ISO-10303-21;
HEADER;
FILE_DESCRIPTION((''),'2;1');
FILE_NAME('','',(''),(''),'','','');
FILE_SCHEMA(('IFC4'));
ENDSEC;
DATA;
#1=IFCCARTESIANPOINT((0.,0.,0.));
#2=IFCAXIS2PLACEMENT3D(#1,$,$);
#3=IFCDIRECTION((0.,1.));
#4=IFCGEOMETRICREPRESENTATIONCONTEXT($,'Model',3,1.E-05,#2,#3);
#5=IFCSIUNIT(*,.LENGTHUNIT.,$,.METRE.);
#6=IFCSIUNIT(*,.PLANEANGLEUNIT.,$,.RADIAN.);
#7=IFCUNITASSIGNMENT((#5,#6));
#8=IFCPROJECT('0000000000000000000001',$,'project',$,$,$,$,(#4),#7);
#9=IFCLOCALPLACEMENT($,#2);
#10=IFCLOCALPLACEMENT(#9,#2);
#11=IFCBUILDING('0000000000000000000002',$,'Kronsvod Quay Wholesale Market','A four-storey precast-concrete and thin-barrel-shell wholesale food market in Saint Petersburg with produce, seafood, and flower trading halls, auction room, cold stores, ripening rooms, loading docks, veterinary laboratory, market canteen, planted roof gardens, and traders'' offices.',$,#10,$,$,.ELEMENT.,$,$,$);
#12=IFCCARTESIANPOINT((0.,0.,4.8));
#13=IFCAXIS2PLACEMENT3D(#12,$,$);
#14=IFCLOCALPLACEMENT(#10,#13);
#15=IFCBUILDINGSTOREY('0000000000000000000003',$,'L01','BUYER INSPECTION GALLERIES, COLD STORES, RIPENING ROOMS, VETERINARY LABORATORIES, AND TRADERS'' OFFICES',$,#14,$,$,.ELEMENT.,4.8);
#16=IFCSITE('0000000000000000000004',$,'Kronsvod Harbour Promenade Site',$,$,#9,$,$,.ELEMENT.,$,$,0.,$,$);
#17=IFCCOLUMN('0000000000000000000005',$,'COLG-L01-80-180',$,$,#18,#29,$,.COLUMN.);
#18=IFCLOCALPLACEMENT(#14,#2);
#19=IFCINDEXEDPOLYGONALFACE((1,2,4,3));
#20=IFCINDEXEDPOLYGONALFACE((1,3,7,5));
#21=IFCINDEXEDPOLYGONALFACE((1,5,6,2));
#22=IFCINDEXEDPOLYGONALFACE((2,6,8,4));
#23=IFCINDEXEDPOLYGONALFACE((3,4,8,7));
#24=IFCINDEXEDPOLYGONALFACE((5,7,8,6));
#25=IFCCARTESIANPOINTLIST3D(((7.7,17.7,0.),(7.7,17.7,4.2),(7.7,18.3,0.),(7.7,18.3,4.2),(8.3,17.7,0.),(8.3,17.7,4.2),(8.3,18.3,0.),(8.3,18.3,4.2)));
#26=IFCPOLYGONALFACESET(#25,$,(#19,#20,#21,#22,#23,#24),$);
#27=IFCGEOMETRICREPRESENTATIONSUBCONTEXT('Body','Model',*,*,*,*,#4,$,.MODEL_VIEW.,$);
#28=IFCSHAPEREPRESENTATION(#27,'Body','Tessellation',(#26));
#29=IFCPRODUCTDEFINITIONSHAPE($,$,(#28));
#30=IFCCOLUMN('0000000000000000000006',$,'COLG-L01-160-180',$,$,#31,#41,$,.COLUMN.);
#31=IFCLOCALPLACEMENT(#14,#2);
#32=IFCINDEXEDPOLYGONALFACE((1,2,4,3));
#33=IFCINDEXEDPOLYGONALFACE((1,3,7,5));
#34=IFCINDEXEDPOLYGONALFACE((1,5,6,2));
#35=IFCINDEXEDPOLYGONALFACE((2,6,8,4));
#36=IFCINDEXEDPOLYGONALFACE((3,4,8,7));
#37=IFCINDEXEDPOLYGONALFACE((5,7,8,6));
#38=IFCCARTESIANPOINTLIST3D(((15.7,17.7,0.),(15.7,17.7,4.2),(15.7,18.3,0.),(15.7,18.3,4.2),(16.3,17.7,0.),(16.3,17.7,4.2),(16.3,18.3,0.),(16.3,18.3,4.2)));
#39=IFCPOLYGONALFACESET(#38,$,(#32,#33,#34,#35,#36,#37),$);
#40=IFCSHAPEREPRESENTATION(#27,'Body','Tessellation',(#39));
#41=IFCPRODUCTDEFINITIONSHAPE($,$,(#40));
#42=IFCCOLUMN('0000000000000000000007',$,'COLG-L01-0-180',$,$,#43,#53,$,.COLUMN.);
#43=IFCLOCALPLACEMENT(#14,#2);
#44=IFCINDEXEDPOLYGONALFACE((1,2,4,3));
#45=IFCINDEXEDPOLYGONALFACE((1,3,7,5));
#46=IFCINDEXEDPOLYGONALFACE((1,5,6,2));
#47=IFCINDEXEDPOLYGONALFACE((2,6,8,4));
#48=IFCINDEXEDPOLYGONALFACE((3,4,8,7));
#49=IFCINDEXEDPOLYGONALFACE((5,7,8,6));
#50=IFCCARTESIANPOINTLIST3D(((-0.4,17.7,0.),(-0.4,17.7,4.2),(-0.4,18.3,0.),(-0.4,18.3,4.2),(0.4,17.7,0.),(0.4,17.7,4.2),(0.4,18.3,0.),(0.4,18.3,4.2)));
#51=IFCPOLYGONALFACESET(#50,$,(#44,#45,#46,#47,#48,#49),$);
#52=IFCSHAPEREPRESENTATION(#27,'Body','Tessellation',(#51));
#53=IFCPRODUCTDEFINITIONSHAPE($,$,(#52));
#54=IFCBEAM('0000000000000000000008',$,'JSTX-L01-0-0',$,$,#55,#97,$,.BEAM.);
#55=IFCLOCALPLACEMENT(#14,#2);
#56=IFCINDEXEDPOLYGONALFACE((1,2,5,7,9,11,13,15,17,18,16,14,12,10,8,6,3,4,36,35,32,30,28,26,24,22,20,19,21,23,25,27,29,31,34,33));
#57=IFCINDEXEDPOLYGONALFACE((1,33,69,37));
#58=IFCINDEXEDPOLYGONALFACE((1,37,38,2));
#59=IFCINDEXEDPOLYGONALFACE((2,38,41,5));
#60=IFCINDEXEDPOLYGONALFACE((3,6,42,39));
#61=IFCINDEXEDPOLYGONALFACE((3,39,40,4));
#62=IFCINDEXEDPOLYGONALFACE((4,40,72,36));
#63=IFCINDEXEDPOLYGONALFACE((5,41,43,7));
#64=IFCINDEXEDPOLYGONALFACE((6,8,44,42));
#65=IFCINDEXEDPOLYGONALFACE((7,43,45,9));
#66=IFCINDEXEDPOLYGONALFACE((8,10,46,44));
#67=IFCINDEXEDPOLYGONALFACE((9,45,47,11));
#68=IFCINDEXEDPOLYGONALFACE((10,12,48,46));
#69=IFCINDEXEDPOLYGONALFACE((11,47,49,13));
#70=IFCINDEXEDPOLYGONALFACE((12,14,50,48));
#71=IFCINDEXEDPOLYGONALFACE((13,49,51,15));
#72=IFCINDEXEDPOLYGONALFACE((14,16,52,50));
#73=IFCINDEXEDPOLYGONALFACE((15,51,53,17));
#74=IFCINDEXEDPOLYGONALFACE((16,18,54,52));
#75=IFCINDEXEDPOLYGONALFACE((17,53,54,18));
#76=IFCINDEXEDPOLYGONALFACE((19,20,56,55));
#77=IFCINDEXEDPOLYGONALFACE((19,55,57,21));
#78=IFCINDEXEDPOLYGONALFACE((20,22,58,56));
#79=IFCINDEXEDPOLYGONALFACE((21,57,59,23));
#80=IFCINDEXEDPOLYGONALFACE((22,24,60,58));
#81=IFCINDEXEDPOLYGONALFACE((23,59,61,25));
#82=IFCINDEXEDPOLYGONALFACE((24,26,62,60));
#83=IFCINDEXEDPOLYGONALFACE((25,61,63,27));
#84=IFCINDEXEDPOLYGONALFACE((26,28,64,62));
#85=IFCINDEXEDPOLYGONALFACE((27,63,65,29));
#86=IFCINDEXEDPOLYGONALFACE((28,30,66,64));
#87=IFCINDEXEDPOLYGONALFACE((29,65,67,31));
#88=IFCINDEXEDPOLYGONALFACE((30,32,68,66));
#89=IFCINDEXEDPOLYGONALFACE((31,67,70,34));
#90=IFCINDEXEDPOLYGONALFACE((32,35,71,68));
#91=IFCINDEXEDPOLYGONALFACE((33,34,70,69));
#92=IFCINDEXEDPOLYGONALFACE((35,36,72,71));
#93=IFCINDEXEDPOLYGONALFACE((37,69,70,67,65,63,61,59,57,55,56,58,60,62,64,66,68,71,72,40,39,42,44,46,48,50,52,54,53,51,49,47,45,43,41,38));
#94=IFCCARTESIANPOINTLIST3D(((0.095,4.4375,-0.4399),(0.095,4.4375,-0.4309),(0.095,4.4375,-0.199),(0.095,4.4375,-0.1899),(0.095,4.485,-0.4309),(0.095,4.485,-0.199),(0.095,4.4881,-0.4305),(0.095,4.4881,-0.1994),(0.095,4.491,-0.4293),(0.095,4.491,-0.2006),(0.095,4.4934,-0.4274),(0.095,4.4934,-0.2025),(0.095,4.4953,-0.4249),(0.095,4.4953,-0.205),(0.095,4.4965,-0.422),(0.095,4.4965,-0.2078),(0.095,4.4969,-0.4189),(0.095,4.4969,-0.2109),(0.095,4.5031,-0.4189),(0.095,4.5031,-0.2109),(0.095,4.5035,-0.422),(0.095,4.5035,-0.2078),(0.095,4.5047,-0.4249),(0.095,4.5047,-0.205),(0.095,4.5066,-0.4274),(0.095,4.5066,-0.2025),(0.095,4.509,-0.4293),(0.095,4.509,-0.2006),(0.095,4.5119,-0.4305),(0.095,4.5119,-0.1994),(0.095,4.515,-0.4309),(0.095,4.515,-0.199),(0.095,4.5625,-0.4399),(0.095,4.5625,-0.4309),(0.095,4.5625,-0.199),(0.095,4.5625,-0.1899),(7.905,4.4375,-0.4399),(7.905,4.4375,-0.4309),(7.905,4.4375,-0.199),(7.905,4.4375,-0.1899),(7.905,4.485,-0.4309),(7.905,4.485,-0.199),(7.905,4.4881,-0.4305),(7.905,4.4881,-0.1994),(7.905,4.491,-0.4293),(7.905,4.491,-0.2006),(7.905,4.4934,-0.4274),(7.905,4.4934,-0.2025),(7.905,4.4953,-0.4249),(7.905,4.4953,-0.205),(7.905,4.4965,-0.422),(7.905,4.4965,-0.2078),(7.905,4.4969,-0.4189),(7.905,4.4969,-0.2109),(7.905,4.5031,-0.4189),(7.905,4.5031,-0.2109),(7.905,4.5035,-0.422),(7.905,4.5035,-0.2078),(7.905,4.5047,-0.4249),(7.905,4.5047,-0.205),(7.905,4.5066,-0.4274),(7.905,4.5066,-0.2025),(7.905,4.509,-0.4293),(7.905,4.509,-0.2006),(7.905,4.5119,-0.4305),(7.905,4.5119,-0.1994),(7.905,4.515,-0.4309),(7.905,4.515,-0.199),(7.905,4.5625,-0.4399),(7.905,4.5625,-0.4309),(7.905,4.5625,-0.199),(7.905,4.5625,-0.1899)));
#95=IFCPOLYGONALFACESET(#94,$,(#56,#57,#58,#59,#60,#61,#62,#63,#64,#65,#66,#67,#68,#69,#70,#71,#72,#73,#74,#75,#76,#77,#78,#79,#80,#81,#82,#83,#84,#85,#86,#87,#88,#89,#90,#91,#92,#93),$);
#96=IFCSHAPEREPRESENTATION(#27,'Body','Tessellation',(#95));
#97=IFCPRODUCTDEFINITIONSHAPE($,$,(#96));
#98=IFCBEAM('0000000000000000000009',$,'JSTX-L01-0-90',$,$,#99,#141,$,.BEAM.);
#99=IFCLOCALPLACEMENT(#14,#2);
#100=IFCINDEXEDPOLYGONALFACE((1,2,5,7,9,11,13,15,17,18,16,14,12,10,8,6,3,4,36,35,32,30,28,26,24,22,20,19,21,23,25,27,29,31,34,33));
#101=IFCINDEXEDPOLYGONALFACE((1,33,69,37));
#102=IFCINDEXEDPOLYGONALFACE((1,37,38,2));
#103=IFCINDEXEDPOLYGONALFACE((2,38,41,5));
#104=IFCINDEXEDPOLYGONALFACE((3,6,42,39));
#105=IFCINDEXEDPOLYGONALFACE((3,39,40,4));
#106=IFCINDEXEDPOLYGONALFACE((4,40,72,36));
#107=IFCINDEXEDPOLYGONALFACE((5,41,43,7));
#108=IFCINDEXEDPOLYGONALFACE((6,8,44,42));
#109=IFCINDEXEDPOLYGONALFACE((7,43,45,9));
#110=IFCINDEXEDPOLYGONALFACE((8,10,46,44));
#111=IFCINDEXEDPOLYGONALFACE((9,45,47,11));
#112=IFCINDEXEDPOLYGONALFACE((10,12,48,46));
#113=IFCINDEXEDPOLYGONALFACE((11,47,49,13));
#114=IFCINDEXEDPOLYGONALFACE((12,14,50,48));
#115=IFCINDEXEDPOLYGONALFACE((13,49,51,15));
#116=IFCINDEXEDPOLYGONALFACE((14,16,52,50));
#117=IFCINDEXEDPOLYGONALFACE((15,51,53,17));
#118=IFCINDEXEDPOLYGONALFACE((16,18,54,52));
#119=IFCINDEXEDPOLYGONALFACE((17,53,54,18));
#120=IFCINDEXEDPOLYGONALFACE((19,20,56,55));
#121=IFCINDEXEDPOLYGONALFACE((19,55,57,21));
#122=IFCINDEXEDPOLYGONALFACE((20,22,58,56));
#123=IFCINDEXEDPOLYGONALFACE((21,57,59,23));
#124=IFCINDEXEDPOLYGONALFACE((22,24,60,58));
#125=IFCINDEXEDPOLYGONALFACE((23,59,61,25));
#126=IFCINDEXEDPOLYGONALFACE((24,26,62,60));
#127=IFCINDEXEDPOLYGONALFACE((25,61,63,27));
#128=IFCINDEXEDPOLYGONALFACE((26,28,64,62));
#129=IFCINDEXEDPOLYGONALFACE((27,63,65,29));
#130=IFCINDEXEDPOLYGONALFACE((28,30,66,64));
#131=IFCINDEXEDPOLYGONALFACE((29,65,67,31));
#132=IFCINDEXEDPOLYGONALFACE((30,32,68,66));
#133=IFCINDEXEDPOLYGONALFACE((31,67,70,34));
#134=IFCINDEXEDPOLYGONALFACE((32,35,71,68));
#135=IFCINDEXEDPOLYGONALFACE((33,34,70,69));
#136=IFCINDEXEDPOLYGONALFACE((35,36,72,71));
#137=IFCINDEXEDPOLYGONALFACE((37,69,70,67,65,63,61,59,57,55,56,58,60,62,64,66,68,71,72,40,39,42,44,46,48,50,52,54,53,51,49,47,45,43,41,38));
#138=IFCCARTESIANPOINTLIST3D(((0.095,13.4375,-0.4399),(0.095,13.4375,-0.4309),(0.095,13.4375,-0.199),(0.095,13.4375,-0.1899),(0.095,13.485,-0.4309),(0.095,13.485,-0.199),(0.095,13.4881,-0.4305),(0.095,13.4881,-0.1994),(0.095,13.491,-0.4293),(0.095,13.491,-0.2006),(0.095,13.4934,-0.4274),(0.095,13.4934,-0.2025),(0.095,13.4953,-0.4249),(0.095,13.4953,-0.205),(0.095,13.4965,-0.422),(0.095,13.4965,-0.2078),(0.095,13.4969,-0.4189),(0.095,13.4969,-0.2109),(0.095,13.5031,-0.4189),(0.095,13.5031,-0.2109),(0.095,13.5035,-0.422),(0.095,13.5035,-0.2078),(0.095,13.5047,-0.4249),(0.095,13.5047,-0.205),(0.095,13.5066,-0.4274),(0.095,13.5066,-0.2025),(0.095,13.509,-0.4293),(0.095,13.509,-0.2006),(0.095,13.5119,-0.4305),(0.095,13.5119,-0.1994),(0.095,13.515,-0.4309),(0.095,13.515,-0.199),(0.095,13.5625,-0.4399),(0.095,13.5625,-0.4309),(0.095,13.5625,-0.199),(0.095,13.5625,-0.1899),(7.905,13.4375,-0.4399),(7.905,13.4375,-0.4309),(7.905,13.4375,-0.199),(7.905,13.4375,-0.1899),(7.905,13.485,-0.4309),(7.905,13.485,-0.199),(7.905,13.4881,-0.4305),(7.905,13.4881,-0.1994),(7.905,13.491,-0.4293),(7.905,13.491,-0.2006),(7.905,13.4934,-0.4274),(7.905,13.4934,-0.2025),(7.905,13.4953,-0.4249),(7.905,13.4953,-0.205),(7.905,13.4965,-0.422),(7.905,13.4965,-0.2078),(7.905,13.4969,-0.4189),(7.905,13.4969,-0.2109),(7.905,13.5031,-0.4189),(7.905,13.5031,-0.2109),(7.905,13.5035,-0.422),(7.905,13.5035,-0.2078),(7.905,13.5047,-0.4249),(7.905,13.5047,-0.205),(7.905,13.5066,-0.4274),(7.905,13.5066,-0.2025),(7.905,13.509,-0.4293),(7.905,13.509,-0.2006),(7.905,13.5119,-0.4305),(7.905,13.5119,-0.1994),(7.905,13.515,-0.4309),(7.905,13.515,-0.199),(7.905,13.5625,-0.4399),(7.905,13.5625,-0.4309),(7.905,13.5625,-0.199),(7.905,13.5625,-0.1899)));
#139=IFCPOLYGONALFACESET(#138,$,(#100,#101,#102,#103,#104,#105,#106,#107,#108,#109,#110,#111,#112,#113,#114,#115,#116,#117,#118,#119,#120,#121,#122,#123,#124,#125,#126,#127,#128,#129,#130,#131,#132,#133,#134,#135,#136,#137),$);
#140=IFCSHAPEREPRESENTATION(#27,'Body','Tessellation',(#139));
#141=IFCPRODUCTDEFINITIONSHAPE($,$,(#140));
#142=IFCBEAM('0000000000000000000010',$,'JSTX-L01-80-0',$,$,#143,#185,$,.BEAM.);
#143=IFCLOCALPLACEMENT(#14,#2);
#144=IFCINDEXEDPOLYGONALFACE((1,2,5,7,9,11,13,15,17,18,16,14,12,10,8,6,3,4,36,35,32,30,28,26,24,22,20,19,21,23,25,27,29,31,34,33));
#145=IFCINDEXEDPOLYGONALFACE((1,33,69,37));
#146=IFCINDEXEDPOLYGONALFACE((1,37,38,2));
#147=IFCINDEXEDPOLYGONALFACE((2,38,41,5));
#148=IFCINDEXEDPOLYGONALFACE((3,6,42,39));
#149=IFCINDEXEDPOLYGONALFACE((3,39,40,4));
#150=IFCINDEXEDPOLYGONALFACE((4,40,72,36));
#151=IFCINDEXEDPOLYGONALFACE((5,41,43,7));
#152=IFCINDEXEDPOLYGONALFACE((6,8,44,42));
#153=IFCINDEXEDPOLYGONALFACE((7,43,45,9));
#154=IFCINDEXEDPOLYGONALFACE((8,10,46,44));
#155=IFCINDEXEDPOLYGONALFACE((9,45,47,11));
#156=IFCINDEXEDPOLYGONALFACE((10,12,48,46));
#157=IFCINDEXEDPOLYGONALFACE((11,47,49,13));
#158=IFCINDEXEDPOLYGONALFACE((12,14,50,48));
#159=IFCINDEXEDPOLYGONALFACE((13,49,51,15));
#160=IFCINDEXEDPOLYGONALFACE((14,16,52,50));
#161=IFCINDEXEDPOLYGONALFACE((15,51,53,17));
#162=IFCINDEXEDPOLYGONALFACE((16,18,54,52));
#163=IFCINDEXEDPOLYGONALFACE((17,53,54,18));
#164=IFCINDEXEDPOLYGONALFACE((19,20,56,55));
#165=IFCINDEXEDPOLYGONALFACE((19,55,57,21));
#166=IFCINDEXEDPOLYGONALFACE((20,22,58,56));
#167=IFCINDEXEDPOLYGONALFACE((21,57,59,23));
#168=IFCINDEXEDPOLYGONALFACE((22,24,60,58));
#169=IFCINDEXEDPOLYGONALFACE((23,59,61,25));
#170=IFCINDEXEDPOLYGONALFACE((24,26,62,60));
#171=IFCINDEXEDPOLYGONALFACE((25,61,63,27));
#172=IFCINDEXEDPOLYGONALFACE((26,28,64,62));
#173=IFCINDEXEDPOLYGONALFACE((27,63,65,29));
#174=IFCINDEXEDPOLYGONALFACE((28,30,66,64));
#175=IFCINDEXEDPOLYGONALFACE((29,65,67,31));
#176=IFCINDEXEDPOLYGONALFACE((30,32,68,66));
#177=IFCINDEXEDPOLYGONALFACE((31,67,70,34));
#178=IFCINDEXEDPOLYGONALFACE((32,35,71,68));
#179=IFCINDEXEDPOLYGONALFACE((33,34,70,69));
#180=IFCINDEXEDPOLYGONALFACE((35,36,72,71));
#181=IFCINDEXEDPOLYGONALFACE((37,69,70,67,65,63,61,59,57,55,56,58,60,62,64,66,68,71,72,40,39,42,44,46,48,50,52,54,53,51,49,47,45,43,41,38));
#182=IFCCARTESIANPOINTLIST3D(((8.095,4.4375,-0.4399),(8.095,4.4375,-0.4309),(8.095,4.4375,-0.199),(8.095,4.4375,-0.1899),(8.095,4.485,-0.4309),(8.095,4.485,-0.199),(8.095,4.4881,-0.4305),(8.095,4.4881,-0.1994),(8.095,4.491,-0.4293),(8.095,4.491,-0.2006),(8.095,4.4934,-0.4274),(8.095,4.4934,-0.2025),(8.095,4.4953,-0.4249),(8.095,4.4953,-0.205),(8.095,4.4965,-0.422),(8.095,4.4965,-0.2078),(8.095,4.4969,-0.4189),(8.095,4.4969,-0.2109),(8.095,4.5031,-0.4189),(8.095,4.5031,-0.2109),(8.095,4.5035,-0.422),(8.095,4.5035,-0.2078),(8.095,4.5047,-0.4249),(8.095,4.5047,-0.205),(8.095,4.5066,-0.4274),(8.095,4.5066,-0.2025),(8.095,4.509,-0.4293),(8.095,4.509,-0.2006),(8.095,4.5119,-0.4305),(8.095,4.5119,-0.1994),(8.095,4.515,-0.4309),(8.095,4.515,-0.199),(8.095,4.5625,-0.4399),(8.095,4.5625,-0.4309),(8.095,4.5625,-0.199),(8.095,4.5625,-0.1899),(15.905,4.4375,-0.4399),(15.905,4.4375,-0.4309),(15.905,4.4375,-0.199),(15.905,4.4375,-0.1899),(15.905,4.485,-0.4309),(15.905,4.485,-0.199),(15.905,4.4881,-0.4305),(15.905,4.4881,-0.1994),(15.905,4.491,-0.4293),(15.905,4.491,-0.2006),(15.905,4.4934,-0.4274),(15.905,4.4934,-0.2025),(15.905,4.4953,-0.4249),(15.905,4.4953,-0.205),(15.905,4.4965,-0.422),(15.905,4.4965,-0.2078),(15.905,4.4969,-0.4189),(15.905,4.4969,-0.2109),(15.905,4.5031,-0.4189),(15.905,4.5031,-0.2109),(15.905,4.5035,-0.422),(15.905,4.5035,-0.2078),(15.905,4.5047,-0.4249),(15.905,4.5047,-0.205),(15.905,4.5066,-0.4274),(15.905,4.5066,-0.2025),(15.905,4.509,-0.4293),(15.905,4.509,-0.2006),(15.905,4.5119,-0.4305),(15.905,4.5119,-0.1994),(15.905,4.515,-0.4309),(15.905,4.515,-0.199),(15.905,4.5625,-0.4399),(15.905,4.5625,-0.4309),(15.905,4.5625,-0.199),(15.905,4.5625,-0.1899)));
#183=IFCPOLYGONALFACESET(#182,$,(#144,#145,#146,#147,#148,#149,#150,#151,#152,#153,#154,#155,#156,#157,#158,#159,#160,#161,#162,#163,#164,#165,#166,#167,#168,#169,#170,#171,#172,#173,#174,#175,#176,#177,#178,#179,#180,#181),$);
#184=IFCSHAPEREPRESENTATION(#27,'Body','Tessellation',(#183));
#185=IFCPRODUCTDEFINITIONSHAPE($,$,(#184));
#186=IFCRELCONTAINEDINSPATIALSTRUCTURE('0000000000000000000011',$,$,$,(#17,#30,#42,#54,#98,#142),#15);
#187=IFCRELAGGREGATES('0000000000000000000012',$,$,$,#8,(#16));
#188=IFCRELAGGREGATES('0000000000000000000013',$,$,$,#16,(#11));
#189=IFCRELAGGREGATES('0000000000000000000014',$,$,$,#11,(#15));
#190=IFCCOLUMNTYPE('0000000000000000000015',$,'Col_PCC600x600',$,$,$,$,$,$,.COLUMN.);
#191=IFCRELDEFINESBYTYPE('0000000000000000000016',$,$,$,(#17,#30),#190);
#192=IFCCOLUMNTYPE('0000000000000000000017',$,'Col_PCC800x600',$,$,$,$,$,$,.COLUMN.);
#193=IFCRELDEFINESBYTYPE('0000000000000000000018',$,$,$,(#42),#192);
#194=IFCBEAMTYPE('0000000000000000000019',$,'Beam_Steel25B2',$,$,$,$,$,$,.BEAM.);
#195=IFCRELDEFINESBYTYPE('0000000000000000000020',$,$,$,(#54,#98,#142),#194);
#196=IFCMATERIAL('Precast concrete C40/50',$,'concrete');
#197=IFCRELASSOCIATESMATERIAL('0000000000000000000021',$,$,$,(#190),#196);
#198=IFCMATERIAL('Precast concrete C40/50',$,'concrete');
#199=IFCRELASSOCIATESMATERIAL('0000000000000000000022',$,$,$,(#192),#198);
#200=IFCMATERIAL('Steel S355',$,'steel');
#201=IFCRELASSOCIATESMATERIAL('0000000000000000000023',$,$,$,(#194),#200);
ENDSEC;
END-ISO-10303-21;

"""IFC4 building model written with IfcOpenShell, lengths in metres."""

from ifc_helpers import new_model, si_unit, direction, frame, origin, origin_2d, place, context, subcontext, project, spatial, rectangle, i_section, extrude, material, material_profile, profile_set, type_object, element, save


model = new_model("IFC4")

# Units and contexts
model_context = context("Model", 3, precision=1e-05, world=origin(), true_north=direction((0.0, 1.0)))
body_context = subcontext(model_context, "Body", "Model", "MODEL_VIEW")
ifc_project = project(units=[si_unit("LENGTHUNIT", "METRE"), si_unit("PLANEANGLEUNIT", "RADIAN")], contexts=[model_context])

# Site, building, storey
site_placement = place(None, origin())
site = spatial("IfcSite", under=ifc_project, at=site_placement, Name="Kronsvod Harbour Promenade Site", CompositionType="ELEMENT", RefElevation=0.0)
building_placement = place(site_placement, origin())
building = spatial("IfcBuilding", under=site, at=building_placement, Name="Kronsvod Quay Wholesale Market", Description="A four-storey precast-concrete and thin-barrel-shell wholesale food market in Saint Petersburg with produce, seafood, and flower trading halls, auction room, cold stores, ripening rooms, loading docks, veterinary laboratory, market canteen, planted roof gardens, and traders' offices.", CompositionType="ELEMENT")
storey_placement = place(building_placement, frame((0.0, 0.0, 4.8)))
storey = spatial("IfcBuildingStorey", under=building, at=storey_placement, Name="L01", Description="BUYER INSPECTION GALLERIES, COLD STORES, RIPENING ROOMS, VETERINARY LABORATORIES, AND TRADERS' OFFICES", CompositionType="ELEMENT", Elevation=4.8)

# Columns
ifc_material_1 = material(Name="Precast concrete C40/50", Category="concrete")
ifc_material_profile_1 = material_profile(ifc_material_1, rectangle(XDim=0.6001, YDim=0.6001, at=origin_2d()), Name="PCC600x600")
ifc_profile_set_1 = profile_set([ifc_material_profile_1], Name="Precast concrete C40/50")
column_type_1 = type_object("IfcColumnType", Name="Col_PCC600x600", PredefinedType="COLUMN", material=ifc_profile_set_1)
for number, where, z_axis, x_axis, name in (
    (1, (8.0, 18.0, 0.0), (0.0, 0.0, 1.0), (1.0, 0.0, 0.0), "COLG-L01-80-180"),
    (2, (16.0, 18.0, 0.0), (0.0, 0.0, 1.0), (1.0, 0.0, 0.0), "COLG-L01-160-180"),
):
    element("IfcColumn", number, at=place(storey_placement, frame(where, z_axis=z_axis, x_axis=x_axis)), inside=storey, type_object=column_type_1, Name=name, PredefinedType="COLUMN", context=body_context, shape_type="SweptSolid", body=[
        extrude(rectangle(XDim=0.6001, YDim=0.6001, at=origin_2d()), origin(), (0.0, 0.0, 1.0), 4.2),
    ])
ifc_material_2 = material(Name="Precast concrete C40/50", Category="concrete")
ifc_material_profile_2 = material_profile(ifc_material_2, rectangle(XDim=0.8, YDim=0.6001, at=origin_2d()), Name="PCC800x600")
ifc_profile_set_2 = profile_set([ifc_material_profile_2], Name="Precast concrete C40/50")
column_type_2 = type_object("IfcColumnType", Name="Col_PCC800x600", PredefinedType="COLUMN", material=ifc_profile_set_2)
column_placement = place(storey_placement, frame((0.0, 18.0, 0.0), z_axis=(0.0, 0.0, 1.0), x_axis=(1.0, 0.0, 0.0)))
element("IfcColumn", 3, at=column_placement, inside=storey, type_object=column_type_2, Name="COLG-L01-0-180", PredefinedType="COLUMN", context=body_context, shape_type="SweptSolid", body=[
    extrude(rectangle(XDim=0.8, YDim=0.6001, at=origin_2d()), origin(), (0.0, 0.0, 1.0), 4.2),
])

# Beams
ifc_material_3 = material(Name="Steel S355", Category="steel")
ifc_material_profile_3 = material_profile(ifc_material_3, i_section(OverallWidth=0.125, OverallDepth=0.25, WebThickness=0.0061, FlangeThickness=0.009, FilletRadius=0.012, at=origin_2d()), Name="25B2")
ifc_profile_set_3 = profile_set([ifc_material_profile_3], Name="Steel S355")
beam_type_1 = type_object("IfcBeamType", Name="Beam_Steel25B2", PredefinedType="BEAM", material=ifc_profile_set_3)
for number, where, z_axis, x_axis, name in (
    (4, (0.095, 4.5, -0.3149), (1.0, 0.0, 0.0), (0.0, 1.0, 0.0), "JSTX-L01-0-0"),
    (5, (0.095, 13.5, -0.3149), (1.0, 0.0, 0.0), (0.0, 1.0, 0.0), "JSTX-L01-0-90"),
    (6, (8.095, 4.5, -0.3149), (1.0, 0.0, 0.0), (0.0, 1.0, 0.0), "JSTX-L01-80-0"),
):
    element("IfcBeam", number, at=place(storey_placement, frame(where, z_axis=z_axis, x_axis=x_axis)), inside=storey, type_object=beam_type_1, Name=name, PredefinedType="BEAM", context=body_context, shape_type="SweptSolid", body=[
        extrude(i_section(OverallWidth=0.125, OverallDepth=0.25, WebThickness=0.0061, FlangeThickness=0.009, FilletRadius=0.012, at=origin_2d()), origin(), (0.0, 0.0, 1.0), 7.8101),
    ])

save(model, "model.ifc")
